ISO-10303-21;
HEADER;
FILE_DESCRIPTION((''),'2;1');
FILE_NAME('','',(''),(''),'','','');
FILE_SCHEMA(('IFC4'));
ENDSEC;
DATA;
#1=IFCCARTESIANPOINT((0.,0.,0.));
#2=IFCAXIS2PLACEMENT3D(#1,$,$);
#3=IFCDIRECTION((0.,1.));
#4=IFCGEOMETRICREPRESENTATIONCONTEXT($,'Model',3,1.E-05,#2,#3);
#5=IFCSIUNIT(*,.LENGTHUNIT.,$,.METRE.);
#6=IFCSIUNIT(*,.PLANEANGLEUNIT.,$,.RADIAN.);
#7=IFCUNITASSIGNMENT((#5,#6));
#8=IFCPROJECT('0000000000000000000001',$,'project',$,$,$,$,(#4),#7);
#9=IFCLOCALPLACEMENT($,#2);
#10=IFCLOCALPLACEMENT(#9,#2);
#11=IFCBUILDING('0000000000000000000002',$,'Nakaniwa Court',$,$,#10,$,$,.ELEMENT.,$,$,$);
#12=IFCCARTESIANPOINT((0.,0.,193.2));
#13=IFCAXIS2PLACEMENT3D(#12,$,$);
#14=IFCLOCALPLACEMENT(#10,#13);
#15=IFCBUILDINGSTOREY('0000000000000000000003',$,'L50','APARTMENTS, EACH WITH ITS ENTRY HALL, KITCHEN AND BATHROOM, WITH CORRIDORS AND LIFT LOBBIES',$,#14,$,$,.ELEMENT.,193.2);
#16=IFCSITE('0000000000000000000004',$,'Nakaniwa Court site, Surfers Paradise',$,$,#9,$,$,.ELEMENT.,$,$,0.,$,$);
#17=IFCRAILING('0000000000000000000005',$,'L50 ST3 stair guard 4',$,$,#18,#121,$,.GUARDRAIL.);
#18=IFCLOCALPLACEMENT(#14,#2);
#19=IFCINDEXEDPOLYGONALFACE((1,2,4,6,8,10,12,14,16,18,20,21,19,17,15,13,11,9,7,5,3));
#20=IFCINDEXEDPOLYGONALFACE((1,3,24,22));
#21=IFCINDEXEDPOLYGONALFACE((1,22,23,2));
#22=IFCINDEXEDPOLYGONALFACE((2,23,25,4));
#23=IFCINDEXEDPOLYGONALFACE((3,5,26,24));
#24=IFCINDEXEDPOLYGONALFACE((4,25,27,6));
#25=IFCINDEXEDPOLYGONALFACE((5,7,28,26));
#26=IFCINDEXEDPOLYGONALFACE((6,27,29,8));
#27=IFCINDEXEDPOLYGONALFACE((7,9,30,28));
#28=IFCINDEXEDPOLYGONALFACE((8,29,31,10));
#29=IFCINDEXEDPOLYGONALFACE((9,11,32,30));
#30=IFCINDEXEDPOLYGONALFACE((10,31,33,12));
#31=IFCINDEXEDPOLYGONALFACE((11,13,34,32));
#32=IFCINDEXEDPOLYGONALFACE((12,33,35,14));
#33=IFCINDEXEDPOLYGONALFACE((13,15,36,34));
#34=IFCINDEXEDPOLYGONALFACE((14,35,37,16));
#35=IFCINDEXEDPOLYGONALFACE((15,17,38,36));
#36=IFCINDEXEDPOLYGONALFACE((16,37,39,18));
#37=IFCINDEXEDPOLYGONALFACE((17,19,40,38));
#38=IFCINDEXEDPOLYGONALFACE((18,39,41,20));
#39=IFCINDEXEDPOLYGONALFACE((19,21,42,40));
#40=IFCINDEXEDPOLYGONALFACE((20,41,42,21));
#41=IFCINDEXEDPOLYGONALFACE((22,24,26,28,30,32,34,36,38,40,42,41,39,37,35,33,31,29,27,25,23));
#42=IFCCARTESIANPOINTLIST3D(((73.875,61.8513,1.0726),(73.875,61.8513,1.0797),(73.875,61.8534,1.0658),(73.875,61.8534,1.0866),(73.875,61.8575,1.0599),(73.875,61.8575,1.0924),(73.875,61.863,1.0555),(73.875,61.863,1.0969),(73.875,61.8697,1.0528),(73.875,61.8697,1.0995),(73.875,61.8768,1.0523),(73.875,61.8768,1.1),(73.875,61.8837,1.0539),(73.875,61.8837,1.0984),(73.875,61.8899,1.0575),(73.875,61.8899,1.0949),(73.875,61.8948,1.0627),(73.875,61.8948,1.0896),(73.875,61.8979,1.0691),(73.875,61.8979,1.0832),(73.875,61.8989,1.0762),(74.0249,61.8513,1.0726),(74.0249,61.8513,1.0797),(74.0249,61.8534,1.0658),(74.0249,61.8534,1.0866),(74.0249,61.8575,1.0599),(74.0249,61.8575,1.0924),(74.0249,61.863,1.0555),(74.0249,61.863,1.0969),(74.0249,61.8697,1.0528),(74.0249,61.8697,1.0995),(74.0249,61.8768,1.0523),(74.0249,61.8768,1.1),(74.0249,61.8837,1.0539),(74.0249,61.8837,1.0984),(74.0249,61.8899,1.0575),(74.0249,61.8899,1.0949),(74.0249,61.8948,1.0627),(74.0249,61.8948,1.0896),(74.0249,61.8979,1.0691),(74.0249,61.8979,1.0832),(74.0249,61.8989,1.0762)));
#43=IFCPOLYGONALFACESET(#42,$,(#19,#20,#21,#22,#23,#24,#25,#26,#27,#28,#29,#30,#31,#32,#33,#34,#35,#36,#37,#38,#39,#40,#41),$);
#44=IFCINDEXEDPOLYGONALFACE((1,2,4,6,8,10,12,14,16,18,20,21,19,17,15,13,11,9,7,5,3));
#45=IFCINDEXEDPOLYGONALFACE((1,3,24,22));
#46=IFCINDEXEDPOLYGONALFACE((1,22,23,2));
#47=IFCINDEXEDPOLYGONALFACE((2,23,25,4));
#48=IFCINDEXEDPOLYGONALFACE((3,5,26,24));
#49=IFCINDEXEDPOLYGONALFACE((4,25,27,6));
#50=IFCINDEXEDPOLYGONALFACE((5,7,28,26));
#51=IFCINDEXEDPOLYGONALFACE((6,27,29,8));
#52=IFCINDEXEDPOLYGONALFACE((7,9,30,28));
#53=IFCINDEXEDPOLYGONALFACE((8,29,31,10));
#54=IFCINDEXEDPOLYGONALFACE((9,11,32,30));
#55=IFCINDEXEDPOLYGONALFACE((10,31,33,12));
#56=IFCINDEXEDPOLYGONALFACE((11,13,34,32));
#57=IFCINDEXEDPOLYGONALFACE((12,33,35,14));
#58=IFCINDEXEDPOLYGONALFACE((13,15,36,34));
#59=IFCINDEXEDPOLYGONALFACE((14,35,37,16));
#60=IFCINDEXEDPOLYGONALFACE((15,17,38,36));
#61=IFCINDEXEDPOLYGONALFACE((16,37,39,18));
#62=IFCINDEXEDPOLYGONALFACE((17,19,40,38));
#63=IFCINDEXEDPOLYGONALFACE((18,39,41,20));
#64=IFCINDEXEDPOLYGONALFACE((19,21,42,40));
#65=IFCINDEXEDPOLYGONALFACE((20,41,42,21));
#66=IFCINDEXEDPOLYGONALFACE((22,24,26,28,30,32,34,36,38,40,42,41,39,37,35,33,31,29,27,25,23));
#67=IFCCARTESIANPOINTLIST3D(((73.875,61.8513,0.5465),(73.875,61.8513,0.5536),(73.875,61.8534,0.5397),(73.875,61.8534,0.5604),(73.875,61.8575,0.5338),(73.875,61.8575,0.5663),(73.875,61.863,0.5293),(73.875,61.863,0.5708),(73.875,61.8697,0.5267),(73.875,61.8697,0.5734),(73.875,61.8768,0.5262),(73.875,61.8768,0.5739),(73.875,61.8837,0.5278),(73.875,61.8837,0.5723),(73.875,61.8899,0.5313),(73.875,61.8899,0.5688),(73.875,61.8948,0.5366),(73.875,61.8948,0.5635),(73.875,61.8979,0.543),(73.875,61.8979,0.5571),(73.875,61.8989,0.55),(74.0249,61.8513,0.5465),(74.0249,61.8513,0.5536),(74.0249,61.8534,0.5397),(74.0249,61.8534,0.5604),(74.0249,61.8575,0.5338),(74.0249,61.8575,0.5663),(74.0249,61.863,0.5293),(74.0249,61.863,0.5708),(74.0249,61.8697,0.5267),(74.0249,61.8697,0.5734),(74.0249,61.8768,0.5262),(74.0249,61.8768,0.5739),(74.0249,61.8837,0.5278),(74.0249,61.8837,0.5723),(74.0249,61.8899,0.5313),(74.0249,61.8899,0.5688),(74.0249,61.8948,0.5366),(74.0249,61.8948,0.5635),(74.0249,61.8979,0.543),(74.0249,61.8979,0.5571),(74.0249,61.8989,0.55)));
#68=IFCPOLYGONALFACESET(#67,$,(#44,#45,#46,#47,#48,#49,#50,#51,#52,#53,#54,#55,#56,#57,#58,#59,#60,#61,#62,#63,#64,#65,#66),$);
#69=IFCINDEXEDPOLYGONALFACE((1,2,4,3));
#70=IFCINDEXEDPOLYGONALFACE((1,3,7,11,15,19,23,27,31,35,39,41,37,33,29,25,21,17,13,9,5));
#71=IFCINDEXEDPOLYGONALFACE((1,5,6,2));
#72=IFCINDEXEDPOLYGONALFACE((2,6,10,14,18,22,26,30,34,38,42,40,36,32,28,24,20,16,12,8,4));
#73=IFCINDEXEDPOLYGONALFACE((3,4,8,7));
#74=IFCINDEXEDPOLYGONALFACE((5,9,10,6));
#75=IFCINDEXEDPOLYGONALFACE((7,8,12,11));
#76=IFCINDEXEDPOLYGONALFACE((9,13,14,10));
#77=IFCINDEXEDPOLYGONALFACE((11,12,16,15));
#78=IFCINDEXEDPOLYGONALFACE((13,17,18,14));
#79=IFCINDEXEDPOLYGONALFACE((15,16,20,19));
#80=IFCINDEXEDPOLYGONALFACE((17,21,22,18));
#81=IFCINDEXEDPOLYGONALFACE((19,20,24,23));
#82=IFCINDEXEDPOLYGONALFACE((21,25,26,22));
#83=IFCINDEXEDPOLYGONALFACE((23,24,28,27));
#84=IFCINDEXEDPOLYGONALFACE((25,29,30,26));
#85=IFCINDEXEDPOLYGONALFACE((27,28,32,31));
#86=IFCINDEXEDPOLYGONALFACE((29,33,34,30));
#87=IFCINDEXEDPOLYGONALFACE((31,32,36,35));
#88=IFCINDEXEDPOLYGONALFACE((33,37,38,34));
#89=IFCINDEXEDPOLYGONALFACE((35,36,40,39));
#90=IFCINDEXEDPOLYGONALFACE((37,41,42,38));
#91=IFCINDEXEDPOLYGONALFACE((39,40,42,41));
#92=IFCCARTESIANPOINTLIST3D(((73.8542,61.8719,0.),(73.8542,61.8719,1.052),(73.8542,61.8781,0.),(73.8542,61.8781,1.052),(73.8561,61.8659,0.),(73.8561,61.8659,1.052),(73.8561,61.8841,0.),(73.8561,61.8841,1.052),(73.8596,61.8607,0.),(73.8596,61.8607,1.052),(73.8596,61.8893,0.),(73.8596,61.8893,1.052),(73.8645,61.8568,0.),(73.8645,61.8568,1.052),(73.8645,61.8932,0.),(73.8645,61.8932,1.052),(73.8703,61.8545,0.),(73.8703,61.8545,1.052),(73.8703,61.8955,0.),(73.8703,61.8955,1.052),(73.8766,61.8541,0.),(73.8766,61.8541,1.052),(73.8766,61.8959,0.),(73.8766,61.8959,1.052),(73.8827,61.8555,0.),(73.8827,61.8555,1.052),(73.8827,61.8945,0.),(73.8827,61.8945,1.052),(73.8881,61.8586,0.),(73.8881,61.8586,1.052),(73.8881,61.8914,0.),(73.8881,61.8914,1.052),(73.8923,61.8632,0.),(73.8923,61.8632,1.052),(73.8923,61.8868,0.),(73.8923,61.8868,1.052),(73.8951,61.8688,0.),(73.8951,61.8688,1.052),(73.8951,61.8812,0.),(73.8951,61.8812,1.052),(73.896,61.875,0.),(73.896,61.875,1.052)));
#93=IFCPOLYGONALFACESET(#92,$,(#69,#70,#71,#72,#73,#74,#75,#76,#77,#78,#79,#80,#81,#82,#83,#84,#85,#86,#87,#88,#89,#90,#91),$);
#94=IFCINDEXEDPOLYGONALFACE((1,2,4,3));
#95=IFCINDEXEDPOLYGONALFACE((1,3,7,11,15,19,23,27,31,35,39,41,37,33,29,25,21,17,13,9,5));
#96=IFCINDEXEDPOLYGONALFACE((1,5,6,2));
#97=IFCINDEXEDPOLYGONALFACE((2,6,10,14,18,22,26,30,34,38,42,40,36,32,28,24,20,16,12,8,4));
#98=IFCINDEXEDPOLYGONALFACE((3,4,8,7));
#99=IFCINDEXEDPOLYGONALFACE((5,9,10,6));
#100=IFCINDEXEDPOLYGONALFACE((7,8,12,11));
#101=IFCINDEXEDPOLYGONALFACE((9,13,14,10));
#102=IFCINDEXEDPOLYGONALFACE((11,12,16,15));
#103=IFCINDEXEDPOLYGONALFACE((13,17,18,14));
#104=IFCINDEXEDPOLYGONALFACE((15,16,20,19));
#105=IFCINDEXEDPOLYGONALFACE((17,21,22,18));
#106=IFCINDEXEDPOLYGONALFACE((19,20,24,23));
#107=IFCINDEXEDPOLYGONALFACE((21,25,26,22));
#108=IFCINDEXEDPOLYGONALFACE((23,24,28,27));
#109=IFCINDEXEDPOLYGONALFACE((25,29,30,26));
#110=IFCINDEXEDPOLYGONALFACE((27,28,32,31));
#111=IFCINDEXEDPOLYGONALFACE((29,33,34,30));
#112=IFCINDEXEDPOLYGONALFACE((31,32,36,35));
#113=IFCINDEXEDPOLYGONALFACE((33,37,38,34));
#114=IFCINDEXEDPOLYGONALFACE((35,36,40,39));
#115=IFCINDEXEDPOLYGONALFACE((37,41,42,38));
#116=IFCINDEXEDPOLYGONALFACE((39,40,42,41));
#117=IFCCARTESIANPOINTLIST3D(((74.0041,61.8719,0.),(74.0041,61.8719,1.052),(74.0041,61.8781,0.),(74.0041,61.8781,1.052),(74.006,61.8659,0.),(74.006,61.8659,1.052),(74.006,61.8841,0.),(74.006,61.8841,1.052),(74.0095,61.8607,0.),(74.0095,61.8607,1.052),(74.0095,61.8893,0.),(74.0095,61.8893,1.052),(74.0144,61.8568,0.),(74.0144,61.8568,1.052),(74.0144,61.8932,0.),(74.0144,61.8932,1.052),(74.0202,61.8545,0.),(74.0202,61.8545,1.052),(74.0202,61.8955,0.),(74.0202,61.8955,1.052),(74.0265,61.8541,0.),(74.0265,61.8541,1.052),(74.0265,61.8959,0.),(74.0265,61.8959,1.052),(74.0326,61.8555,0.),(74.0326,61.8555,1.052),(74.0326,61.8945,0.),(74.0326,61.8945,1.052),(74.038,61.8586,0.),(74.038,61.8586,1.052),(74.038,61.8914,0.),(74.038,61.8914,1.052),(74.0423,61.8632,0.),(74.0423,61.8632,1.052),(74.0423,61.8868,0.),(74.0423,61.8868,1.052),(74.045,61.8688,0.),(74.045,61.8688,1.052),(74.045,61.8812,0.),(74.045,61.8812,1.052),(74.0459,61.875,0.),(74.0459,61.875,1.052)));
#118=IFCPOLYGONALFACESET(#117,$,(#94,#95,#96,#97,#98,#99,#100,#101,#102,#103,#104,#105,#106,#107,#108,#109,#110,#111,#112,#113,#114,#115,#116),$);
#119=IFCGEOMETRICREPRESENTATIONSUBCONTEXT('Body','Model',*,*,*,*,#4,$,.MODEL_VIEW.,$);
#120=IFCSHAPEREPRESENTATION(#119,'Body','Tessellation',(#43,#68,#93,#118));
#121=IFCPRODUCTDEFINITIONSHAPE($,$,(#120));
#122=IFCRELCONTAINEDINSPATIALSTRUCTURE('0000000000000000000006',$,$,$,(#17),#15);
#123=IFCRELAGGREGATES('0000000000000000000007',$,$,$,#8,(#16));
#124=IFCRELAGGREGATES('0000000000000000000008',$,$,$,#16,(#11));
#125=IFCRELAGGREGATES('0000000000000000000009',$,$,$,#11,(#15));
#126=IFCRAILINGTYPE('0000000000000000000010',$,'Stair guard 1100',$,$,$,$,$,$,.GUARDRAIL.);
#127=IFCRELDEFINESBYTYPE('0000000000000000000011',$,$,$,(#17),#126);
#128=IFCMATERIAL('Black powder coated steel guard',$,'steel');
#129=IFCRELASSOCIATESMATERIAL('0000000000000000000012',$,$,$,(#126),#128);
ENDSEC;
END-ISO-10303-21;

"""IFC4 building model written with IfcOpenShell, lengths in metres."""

from ifc_helpers import new_model, si_unit, direction, frame, origin, origin_2d, place, context, subcontext, project, spatial, circle, extrude, material, type_object, element, save


model = new_model("IFC4")

# Units and contexts
model_context = context("Model", 3, precision=1e-05, world=origin(), true_north=direction((0.0, 1.0)))
body_context = subcontext(model_context, "Body", "Model", "MODEL_VIEW")
ifc_project = project(units=[si_unit("LENGTHUNIT", "METRE"), si_unit("PLANEANGLEUNIT", "RADIAN")], contexts=[model_context])

# Site, building, storey
site_placement = place(None, origin())
site = spatial("IfcSite", under=ifc_project, at=site_placement, Name="Nakaniwa Court site, Surfers Paradise", CompositionType="ELEMENT", RefElevation=0.0)
building_placement = place(site_placement, origin())
building = spatial("IfcBuilding", under=site, at=building_placement, Name="Nakaniwa Court", CompositionType="ELEMENT")
storey_placement = place(building_placement, frame((0.0, 0.0, 193.2)))
storey = spatial("IfcBuildingStorey", under=building, at=storey_placement, Name="L50", Description="APARTMENTS, EACH WITH ITS ENTRY HALL, KITCHEN AND BATHROOM, WITH CORRIDORS AND LIFT LOBBIES", CompositionType="ELEMENT", Elevation=193.2)

# Railing
ifc_material_1 = material(Name="Black powder coated steel guard", Category="steel")
railing_type_1 = type_object("IfcRailingType", Name="Stair guard 1100", PredefinedType="GUARDRAIL", material=ifc_material_1)
railing_1_placement = place(storey_placement, frame((73.875, 61.875, 0.0)))
element("IfcRailing", 1, at=railing_1_placement, inside=storey, type_object=railing_type_1, Name="L50 ST3 stair guard 4", PredefinedType="GUARDRAIL", context=body_context, shape_type="SweptSolid", body=[
    extrude(circle(Radius=0.0239, at=origin_2d()), frame((0.0, 0.0, 1.0762), z_axis=(1.0, 0.0, 0.0), x_axis=(0.0, 1.0, 0.0)), (0.0, 0.0, 1.0), 0.1499),
    extrude(circle(Radius=0.0239, at=origin_2d()), frame((0.0, 0.0, 0.55), z_axis=(1.0, 0.0, 0.0), x_axis=(0.0, 1.0, 0.0)), (0.0, 0.0, 1.0), 0.1499),
    extrude(circle(Radius=0.021, at=origin_2d()), origin(), (0.0, 0.0, 1.0), 1.052),
    extrude(circle(Radius=0.021, at=origin_2d()), frame((0.1499, 0.0, 0.0)), (0.0, 0.0, 1.0), 1.052),
])

save(model, "model.ifc")
